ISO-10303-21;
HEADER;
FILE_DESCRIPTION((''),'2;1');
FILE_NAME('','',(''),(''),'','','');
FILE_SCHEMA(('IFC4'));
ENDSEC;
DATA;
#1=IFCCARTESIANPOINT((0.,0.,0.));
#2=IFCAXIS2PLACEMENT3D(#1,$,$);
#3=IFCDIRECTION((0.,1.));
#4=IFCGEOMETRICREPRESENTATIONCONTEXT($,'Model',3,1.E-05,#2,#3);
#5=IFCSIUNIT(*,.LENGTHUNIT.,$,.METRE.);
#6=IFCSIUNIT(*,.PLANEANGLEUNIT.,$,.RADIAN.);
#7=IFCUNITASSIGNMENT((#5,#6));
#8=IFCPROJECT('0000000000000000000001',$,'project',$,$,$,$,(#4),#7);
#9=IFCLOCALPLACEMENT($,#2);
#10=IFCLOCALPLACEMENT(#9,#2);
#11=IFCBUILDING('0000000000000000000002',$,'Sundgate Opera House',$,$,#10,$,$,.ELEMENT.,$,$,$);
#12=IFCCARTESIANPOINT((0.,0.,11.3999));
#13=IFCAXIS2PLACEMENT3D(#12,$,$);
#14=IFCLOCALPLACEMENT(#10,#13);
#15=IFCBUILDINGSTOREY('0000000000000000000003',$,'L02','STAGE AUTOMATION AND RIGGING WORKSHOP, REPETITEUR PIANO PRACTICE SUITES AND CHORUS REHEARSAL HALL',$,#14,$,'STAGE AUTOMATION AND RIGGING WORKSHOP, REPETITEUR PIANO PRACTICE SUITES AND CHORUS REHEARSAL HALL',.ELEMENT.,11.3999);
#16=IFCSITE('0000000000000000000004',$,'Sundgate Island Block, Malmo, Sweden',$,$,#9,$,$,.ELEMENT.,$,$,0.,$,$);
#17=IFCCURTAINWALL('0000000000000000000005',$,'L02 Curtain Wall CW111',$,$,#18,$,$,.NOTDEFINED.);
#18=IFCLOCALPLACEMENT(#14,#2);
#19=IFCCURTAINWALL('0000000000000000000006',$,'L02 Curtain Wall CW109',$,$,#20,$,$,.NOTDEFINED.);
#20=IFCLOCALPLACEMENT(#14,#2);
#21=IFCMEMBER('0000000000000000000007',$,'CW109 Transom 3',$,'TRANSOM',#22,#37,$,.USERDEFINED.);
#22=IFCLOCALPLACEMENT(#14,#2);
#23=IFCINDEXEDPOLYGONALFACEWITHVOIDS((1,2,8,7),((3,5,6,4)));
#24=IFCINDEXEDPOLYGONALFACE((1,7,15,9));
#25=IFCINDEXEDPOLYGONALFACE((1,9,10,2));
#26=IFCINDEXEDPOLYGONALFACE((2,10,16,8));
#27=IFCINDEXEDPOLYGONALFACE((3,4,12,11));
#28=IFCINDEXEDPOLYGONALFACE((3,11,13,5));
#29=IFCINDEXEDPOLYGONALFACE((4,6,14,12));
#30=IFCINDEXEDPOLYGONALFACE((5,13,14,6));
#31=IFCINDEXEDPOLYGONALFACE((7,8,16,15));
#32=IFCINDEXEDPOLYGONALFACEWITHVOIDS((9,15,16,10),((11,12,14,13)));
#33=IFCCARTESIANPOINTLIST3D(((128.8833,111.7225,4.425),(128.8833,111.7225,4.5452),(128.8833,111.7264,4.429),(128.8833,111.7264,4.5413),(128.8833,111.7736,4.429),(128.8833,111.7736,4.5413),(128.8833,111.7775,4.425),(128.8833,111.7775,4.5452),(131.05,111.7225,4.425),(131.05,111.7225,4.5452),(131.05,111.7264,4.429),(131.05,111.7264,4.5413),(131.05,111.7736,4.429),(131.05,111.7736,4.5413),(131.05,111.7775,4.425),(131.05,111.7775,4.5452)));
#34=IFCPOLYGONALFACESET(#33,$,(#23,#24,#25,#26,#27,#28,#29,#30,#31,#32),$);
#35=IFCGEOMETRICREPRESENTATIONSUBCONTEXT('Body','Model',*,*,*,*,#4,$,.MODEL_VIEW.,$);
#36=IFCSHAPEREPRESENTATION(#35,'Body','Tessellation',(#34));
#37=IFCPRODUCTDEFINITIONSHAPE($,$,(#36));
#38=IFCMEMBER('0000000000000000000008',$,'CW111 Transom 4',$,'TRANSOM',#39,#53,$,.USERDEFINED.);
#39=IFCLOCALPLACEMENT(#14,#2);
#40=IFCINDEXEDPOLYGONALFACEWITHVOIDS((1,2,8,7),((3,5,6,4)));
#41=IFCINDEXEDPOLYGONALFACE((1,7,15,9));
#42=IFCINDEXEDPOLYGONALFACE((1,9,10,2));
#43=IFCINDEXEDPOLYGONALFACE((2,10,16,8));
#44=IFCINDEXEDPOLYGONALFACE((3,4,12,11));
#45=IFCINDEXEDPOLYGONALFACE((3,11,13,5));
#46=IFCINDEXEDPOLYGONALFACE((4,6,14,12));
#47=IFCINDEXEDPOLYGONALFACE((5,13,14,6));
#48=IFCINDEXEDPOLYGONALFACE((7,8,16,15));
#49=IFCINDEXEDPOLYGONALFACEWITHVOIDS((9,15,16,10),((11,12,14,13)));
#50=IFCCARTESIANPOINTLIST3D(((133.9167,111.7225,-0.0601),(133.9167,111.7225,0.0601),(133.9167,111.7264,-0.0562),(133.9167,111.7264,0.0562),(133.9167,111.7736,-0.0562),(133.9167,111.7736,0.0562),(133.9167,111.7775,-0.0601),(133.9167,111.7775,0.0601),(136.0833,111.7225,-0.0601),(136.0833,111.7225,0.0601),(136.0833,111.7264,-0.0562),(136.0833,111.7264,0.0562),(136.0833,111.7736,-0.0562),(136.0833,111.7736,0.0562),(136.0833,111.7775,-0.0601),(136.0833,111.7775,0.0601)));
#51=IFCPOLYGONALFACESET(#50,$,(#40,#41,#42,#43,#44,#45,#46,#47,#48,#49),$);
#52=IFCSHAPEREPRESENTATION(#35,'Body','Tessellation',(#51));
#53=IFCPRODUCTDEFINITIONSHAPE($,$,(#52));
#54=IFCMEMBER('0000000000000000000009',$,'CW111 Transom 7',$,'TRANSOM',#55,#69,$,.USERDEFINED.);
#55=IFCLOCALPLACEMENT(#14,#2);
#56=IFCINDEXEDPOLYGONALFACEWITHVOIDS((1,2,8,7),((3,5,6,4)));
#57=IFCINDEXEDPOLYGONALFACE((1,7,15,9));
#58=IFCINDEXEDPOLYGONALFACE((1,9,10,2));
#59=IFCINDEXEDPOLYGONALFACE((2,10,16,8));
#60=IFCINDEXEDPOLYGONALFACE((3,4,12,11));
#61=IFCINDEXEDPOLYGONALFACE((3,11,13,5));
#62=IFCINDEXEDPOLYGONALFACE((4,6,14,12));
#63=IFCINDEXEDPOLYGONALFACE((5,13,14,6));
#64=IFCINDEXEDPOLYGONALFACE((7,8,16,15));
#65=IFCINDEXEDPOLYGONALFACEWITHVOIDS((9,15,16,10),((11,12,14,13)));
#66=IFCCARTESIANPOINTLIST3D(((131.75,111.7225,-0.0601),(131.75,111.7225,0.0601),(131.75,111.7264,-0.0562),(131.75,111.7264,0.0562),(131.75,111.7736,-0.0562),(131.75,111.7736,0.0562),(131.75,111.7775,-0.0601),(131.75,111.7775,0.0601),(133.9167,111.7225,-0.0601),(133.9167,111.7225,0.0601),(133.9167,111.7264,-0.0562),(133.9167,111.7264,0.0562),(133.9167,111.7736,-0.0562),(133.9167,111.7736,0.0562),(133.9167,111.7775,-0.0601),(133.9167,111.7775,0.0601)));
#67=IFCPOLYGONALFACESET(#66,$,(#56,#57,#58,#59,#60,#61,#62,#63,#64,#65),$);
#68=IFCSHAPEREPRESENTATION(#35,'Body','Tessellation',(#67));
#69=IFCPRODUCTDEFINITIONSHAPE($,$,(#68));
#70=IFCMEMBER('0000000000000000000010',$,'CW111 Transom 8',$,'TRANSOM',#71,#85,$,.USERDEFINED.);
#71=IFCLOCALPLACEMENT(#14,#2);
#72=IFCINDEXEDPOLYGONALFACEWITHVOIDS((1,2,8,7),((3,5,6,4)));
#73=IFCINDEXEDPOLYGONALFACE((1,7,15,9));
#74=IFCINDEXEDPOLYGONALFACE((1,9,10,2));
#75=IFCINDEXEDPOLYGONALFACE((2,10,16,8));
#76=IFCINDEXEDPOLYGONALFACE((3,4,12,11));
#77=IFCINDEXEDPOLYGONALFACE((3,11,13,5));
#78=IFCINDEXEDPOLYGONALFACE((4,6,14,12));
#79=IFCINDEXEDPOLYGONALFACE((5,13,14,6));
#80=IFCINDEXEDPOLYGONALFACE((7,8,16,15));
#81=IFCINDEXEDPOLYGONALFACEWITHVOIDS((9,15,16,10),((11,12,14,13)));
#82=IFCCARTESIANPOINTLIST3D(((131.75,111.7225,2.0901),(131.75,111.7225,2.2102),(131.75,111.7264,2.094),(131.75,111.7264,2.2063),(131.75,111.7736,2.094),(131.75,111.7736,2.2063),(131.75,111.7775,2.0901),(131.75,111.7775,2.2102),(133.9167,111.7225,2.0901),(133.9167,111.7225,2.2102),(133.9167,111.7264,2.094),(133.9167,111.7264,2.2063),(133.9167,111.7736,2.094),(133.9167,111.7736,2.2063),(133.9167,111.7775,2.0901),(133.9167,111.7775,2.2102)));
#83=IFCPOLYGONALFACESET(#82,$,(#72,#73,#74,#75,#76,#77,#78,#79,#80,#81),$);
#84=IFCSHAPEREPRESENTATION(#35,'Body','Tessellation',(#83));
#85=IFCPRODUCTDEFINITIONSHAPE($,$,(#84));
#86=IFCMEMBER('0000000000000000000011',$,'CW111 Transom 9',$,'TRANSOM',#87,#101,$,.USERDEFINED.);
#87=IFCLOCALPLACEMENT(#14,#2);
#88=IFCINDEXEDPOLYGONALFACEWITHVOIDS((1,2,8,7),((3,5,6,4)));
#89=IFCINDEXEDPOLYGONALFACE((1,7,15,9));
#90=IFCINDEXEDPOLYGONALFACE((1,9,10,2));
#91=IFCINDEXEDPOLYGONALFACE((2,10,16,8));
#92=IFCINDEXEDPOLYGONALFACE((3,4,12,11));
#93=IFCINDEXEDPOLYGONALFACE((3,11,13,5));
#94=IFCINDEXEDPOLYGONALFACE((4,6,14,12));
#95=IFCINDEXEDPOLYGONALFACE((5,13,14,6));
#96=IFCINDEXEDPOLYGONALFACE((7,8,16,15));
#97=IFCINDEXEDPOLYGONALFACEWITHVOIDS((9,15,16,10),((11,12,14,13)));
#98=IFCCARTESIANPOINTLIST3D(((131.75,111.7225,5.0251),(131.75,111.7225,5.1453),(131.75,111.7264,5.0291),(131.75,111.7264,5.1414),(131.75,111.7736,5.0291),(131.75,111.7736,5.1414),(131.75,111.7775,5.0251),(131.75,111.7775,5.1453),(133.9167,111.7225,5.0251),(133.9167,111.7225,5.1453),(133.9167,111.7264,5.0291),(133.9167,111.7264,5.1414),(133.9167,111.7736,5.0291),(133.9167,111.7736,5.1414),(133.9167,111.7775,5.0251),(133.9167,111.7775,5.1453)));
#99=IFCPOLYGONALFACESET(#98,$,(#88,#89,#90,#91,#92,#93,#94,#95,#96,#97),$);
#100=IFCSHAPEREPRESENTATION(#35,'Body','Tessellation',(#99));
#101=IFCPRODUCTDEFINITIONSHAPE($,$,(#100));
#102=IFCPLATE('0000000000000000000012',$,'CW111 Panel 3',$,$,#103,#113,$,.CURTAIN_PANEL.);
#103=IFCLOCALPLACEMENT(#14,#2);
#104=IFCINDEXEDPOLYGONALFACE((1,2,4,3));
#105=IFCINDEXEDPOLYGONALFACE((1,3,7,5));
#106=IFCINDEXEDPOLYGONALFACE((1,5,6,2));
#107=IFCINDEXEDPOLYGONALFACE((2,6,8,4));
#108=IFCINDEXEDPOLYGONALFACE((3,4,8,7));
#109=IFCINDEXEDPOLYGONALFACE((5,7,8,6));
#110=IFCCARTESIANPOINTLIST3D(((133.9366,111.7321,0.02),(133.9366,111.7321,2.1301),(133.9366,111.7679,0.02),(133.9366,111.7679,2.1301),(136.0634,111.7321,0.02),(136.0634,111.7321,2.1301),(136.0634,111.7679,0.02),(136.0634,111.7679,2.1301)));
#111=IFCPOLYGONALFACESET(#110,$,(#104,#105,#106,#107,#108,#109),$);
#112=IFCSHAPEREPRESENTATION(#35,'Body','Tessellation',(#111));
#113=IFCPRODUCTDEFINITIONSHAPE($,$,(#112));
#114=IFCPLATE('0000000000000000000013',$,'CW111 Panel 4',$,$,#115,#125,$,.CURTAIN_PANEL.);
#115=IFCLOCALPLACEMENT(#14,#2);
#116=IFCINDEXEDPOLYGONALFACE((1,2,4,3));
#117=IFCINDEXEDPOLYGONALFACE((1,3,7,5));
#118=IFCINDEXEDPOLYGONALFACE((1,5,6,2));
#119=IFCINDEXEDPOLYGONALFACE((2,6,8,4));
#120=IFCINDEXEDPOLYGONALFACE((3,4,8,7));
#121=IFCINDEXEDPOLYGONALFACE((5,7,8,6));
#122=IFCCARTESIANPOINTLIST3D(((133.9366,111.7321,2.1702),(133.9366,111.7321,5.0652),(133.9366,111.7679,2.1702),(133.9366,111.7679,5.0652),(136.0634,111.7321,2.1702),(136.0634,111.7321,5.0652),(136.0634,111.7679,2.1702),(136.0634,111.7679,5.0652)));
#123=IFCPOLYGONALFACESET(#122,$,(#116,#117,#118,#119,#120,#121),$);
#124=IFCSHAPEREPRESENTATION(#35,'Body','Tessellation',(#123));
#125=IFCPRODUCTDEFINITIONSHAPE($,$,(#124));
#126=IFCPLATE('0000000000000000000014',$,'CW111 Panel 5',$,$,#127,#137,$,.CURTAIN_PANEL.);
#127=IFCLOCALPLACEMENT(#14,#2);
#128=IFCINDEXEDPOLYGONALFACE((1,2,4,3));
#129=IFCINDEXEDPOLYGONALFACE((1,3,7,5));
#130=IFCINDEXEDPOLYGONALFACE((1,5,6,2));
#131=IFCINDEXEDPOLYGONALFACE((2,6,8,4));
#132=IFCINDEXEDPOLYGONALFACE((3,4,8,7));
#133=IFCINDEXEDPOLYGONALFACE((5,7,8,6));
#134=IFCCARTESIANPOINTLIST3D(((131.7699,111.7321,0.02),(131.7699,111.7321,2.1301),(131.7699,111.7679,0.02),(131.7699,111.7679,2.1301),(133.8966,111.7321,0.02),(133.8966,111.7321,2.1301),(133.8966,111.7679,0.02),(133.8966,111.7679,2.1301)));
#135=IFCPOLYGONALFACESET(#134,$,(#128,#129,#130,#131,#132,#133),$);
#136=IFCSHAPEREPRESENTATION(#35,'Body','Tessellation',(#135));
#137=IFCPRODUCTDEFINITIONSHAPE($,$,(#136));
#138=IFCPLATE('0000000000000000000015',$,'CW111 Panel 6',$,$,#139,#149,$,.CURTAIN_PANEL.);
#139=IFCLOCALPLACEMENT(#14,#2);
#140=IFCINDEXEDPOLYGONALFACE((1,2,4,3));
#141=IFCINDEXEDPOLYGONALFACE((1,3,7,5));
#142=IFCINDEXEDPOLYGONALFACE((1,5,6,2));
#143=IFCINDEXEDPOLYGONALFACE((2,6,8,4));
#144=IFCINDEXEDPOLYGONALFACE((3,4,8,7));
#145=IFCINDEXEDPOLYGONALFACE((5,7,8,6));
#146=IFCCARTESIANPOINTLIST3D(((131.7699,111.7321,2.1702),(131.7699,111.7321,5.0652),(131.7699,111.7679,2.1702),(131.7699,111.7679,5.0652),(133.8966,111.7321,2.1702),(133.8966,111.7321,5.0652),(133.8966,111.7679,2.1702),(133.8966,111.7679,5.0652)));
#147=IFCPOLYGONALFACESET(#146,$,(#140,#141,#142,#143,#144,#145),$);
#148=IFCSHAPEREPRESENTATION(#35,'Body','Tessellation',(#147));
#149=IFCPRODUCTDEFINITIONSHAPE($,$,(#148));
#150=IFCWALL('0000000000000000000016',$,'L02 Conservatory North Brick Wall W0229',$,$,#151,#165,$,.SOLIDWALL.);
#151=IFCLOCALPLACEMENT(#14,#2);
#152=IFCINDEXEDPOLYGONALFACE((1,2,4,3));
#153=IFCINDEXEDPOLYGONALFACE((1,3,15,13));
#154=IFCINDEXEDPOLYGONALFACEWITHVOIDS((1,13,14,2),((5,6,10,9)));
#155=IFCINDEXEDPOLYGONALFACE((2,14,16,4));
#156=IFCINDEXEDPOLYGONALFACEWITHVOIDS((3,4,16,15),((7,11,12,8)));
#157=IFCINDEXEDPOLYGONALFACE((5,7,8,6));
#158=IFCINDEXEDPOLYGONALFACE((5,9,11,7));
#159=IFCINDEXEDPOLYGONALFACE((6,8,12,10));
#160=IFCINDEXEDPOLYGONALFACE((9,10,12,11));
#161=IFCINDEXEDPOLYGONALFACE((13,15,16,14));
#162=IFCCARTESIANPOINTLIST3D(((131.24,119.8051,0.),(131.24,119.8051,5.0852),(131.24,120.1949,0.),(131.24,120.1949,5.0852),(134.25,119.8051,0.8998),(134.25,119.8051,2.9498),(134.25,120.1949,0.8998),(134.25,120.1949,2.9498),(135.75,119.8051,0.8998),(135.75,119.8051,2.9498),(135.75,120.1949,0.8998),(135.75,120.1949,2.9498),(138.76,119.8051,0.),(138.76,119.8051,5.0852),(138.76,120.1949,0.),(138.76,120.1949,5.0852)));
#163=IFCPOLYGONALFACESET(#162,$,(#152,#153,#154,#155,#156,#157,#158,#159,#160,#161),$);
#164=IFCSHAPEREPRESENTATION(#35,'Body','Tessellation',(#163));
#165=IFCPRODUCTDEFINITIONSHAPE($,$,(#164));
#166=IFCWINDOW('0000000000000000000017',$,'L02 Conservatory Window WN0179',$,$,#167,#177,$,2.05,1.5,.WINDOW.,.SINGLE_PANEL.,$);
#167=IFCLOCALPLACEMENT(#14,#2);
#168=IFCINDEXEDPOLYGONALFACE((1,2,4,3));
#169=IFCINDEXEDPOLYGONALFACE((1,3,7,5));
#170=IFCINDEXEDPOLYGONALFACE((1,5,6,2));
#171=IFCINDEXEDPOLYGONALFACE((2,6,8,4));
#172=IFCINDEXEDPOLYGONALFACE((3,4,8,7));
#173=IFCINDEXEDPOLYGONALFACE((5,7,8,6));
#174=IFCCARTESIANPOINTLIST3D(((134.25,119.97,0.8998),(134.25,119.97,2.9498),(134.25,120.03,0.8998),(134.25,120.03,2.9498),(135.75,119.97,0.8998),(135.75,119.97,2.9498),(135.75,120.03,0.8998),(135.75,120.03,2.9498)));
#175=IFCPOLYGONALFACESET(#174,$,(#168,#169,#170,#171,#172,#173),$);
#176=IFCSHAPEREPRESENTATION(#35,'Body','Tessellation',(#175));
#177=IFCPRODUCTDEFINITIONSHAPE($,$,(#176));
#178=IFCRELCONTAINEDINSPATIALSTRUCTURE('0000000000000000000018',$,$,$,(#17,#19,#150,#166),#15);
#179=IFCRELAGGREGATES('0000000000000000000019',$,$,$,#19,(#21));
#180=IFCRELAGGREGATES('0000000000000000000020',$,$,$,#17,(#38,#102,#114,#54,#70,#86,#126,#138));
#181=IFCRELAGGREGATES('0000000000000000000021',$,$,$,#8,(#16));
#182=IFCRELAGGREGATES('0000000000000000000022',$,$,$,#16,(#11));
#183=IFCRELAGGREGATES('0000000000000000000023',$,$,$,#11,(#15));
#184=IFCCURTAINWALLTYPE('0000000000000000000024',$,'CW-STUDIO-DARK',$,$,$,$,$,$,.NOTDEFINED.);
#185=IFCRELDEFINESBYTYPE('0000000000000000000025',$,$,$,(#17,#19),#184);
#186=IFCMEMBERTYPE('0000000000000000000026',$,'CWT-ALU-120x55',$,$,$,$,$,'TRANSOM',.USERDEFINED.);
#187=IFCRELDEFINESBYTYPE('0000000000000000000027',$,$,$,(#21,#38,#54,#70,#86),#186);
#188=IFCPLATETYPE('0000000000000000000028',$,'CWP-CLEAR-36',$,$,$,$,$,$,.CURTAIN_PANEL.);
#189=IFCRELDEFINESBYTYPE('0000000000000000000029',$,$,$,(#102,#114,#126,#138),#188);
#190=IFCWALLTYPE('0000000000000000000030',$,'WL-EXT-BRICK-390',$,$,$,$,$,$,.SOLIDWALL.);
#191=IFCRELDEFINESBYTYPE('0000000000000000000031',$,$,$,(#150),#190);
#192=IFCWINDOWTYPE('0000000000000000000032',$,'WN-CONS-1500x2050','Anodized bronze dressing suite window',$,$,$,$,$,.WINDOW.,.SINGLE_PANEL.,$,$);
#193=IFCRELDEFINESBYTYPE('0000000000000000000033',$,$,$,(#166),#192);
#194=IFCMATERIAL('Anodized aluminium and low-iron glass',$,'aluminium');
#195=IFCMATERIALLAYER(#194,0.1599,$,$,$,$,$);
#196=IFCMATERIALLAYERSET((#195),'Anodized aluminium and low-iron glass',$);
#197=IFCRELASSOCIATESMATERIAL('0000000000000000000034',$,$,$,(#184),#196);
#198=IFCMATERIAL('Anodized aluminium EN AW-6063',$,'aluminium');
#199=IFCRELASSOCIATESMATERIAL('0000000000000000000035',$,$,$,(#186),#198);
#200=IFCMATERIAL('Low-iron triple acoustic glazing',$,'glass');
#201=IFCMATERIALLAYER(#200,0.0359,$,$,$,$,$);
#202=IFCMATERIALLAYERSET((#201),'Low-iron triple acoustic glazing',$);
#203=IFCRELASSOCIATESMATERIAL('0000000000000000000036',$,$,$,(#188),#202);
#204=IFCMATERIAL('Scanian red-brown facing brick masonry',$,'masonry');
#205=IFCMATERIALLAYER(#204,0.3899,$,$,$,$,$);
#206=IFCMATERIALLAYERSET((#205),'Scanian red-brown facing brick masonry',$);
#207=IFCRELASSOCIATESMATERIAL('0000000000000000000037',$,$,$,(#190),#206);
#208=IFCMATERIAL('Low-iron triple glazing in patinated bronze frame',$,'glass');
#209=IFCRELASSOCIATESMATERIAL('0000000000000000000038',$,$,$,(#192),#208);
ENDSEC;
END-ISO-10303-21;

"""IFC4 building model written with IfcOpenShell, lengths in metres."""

from ifc_helpers import new_model, si_unit, direction, frame, frame_2d, origin, origin_2d, place, context, subcontext, project, spatial, rectangle, hollow_rectangle, extrude, material, layer, layer_set, material_profile, profile_set, type_object, element, fill, aggregate, save


model = new_model("IFC4")

# Units and contexts
model_context = context("Model", 3, precision=1e-05, world=origin(), true_north=direction((0.0, 1.0)))
body_context = subcontext(model_context, "Body", "Model", "MODEL_VIEW")
ifc_project = project(units=[si_unit("LENGTHUNIT", "METRE"), si_unit("PLANEANGLEUNIT", "RADIAN")], contexts=[model_context])

# Site, building, storey
site_placement = place(None, origin())
site = spatial("IfcSite", under=ifc_project, at=site_placement, Name="Sundgate Island Block, Malmo, Sweden", CompositionType="ELEMENT", RefElevation=0.0)
building_placement = place(site_placement, origin())
building = spatial("IfcBuilding", under=site, at=building_placement, Name="Sundgate Opera House", CompositionType="ELEMENT")
storey_placement = place(building_placement, frame((0.0, 0.0, 11.3999)))
storey = spatial("IfcBuildingStorey", under=building, at=storey_placement, Name="L02", Description="STAGE AUTOMATION AND RIGGING WORKSHOP, REPETITEUR PIANO PRACTICE SUITES AND CHORUS REHEARSAL HALL", LongName="STAGE AUTOMATION AND RIGGING WORKSHOP, REPETITEUR PIANO PRACTICE SUITES AND CHORUS REHEARSAL HALL", CompositionType="ELEMENT", Elevation=11.3999)

# Curtain walls, member
ifc_material_1 = material(Name="Anodized aluminium and low-iron glass", Category="aluminium")
ifc_layer_1 = layer(ifc_material_1, 0.1599)
ifc_layer_set_1 = layer_set([ifc_layer_1], Name="Anodized aluminium and low-iron glass")
curtain_wall_type = type_object("IfcCurtainWallType", Name="CW-STUDIO-DARK", PredefinedType="NOTDEFINED", material=ifc_layer_set_1)
curtain_wall_1_placement = place(storey_placement, origin())
curtain_wall_1 = element("IfcCurtainWall", 1, at=curtain_wall_1_placement, inside=storey, type_object=curtain_wall_type, Name="L02 Curtain Wall CW111", PredefinedType="NOTDEFINED")
curtain_wall_2_placement = place(storey_placement, origin())
curtain_wall_2 = element("IfcCurtainWall", 2, at=curtain_wall_2_placement, inside=storey, type_object=curtain_wall_type, Name="L02 Curtain Wall CW109", PredefinedType="NOTDEFINED")
ifc_material_2 = material(Name="Anodized aluminium EN AW-6063", Category="aluminium")
ifc_material_profile_1 = material_profile(ifc_material_2, hollow_rectangle(XDim=0.0549, YDim=0.1201, WallThickness=0.0039, at=origin_2d()), Name="CWT 120x55x4")
ifc_profile_set_1 = profile_set([ifc_material_profile_1], Name="Anodized aluminium EN AW-6063")
member_type_1 = type_object("IfcMemberType", Name="CWT-ALU-120x55", ElementType="TRANSOM", PredefinedType="USERDEFINED", material=ifc_profile_set_1)
member_1_placement = place(storey_placement, frame((131.05, 111.75, 4.4851), z_axis=(-1.0, 0.0, 0.0), x_axis=(0.0, -1.0, 0.0)))
member_1 = element("IfcMember", 3, at=member_1_placement, type_object=member_type_1, Name="CW109 Transom 3", ObjectType="TRANSOM", PredefinedType="USERDEFINED", context=body_context, shape_type="SweptSolid", body=[
    extrude(hollow_rectangle(XDim=0.0549, YDim=0.1201, WallThickness=0.0039, at=origin_2d()), origin(), (0.0, 0.0, 1.0), 2.1667),
])
aggregate(curtain_wall_2, [member_1])

# Members
member_2_placement = place(storey_placement, frame((136.0833, 111.75, 0.0), z_axis=(-1.0, 0.0, 0.0), x_axis=(0.0, -1.0, 0.0)))
member_2 = element("IfcMember", 4, at=member_2_placement, type_object=member_type_1, Name="CW111 Transom 4", ObjectType="TRANSOM", PredefinedType="USERDEFINED", context=body_context, shape_type="SweptSolid", body=[
    extrude(hollow_rectangle(XDim=0.0549, YDim=0.1201, WallThickness=0.0039, at=origin_2d()), origin(), (0.0, 0.0, 1.0), 2.1665),
])
member_3_placement = place(storey_placement, frame((133.9167, 111.75, 0.0), z_axis=(-1.0, 0.0, 0.0), x_axis=(0.0, -1.0, 0.0)))
member_3 = element("IfcMember", 5, at=member_3_placement, type_object=member_type_1, Name="CW111 Transom 7", ObjectType="TRANSOM", PredefinedType="USERDEFINED", context=body_context, shape_type="SweptSolid", body=[
    extrude(hollow_rectangle(XDim=0.0549, YDim=0.1201, WallThickness=0.0039, at=origin_2d()), origin(), (0.0, 0.0, 1.0), 2.1667),
])
member_4_placement = place(storey_placement, frame((133.9167, 111.75, 2.1501), z_axis=(-1.0, 0.0, 0.0), x_axis=(0.0, -1.0, 0.0)))
member_4 = element("IfcMember", 6, at=member_4_placement, type_object=member_type_1, Name="CW111 Transom 8", ObjectType="TRANSOM", PredefinedType="USERDEFINED", context=body_context, shape_type="SweptSolid", body=[
    extrude(hollow_rectangle(XDim=0.0549, YDim=0.1201, WallThickness=0.0039, at=origin_2d()), origin(), (0.0, 0.0, 1.0), 2.1667),
])
member_5_placement = place(storey_placement, frame((133.9167, 111.75, 5.0852), z_axis=(-1.0, 0.0, 0.0), x_axis=(0.0, -1.0, 0.0)))
member_5 = element("IfcMember", 7, at=member_5_placement, type_object=member_type_1, Name="CW111 Transom 9", ObjectType="TRANSOM", PredefinedType="USERDEFINED", context=body_context, shape_type="SweptSolid", body=[
    extrude(hollow_rectangle(XDim=0.0549, YDim=0.1201, WallThickness=0.0039, at=origin_2d()), origin(), (0.0, 0.0, 1.0), 2.1667),
])

# Plates
ifc_material_3 = material(Name="Low-iron triple acoustic glazing", Category="glass")
ifc_layer_2 = layer(ifc_material_3, 0.0359)
ifc_layer_set_2 = layer_set([ifc_layer_2], Name="Low-iron triple acoustic glazing")
plate_type = type_object("IfcPlateType", Name="CWP-CLEAR-36", PredefinedType="CURTAIN_PANEL", material=ifc_layer_set_2)
plate_1_placement = place(storey_placement, frame((135.0, 111.75, 0.02), z_axis=(0.0, 0.0, 1.0), x_axis=(-1.0, 0.0, 0.0)))
plate_1 = element("IfcPlate", 8, at=plate_1_placement, type_object=plate_type, Name="CW111 Panel 3", PredefinedType="CURTAIN_PANEL", context=body_context, shape_type="SweptSolid", body=[
    extrude(rectangle(XDim=2.1267, YDim=0.0359, at=origin_2d()), origin(), (0.0, 0.0, 1.0), 2.1101),
])
plate_2_placement = place(storey_placement, frame((135.0, 111.75, 2.1702), z_axis=(0.0, 0.0, 1.0), x_axis=(-1.0, 0.0, 0.0)))
plate_2 = element("IfcPlate", 9, at=plate_2_placement, type_object=plate_type, Name="CW111 Panel 4", PredefinedType="CURTAIN_PANEL", context=body_context, shape_type="SweptSolid", body=[
    extrude(rectangle(XDim=2.1267, YDim=0.0359, at=origin_2d()), origin(), (0.0, 0.0, 1.0), 2.895),
])
plate_3_placement = place(storey_placement, frame((132.8333, 111.75, 0.02), z_axis=(0.0, 0.0, 1.0), x_axis=(-1.0, 0.0, 0.0)))
plate_3 = element("IfcPlate", 10, at=plate_3_placement, type_object=plate_type, Name="CW111 Panel 5", PredefinedType="CURTAIN_PANEL", context=body_context, shape_type="SweptSolid", body=[
    extrude(rectangle(XDim=2.1267, YDim=0.0359, at=origin_2d()), origin(), (0.0, 0.0, 1.0), 2.1101),
])
plate_4_placement = place(storey_placement, frame((132.8333, 111.75, 2.1702), z_axis=(0.0, 0.0, 1.0), x_axis=(-1.0, 0.0, 0.0)))
plate_4 = element("IfcPlate", 11, at=plate_4_placement, type_object=plate_type, Name="CW111 Panel 6", PredefinedType="CURTAIN_PANEL", context=body_context, shape_type="SweptSolid", body=[
    extrude(rectangle(XDim=2.1267, YDim=0.0359, at=origin_2d()), origin(), (0.0, 0.0, 1.0), 2.895),
])
aggregate(curtain_wall_1, [member_2, plate_1, plate_2, member_3, member_4, member_5, plate_3, plate_4])

# Wall, opening, window
ifc_material_4 = material(Name="Scanian red-brown facing brick masonry", Category="masonry")
ifc_layer_3 = layer(ifc_material_4, 0.3899)
ifc_layer_set_3 = layer_set([ifc_layer_3], Name="Scanian red-brown facing brick masonry")
wall_type = type_object("IfcWallType", Name="WL-EXT-BRICK-390", PredefinedType="SOLIDWALL", material=ifc_layer_set_3)
wall_placement = place(storey_placement, frame((131.24, 120.0, 0.0), z_axis=(0.0, 0.0, 1.0), x_axis=(1.0, 0.0, 0.0)))
wall = element("IfcWall", 12, at=wall_placement, inside=storey, type_object=wall_type, Name="L02 Conservatory North Brick Wall W0229", PredefinedType="SOLIDWALL", context=body_context, shape_type="SweptSolid", body=[
    extrude(rectangle(XDim=7.52, YDim=0.3899, at=frame_2d((3.76, 0.0))), origin(), (0.0, 0.0, 1.0), 5.0852),
])
opening_placement = place(wall_placement, frame((3.01, 0.0, 0.8999)))
opening = element("IfcOpeningElement", 13, at=opening_placement, cuts=wall, PredefinedType="OPENING", context=body_context, shape_type="SweptSolid", body=[
    extrude(rectangle(XDim=1.5, YDim=2.05, at=frame_2d((0.75, 1.0249))), frame((0.0, 0.2048, 0.0), z_axis=(0.0, -1.0, 0.0), x_axis=(1.0, 0.0, 0.0)), (0.0, 0.0, 1.0), 0.4099),
])
ifc_material_5 = material(Name="Low-iron triple glazing in patinated bronze frame", Category="glass")
window_type = type_object("IfcWindowType", Name="WN-CONS-1500x2050", Description="Anodized bronze dressing suite window", PartitioningType="SINGLE_PANEL", PredefinedType="WINDOW", material=ifc_material_5)
window_placement = place(opening_placement, origin())
window = element("IfcWindow", 14, at=window_placement, inside=storey, type_object=window_type, Name="L02 Conservatory Window WN0179", OverallHeight=2.05, OverallWidth=1.5, PartitioningType="SINGLE_PANEL", PredefinedType="WINDOW", context=body_context, shape_type="SweptSolid", body=[
    extrude(rectangle(XDim=1.5, YDim=2.05, at=frame_2d((0.75, 1.0249))), frame((0.0, 0.03, 0.0), z_axis=(0.0, -1.0, 0.0), x_axis=(1.0, 0.0, 0.0)), (0.0, 0.0, 1.0), 0.0601),
])
fill(opening, window)

save(model, "model.ifc")
